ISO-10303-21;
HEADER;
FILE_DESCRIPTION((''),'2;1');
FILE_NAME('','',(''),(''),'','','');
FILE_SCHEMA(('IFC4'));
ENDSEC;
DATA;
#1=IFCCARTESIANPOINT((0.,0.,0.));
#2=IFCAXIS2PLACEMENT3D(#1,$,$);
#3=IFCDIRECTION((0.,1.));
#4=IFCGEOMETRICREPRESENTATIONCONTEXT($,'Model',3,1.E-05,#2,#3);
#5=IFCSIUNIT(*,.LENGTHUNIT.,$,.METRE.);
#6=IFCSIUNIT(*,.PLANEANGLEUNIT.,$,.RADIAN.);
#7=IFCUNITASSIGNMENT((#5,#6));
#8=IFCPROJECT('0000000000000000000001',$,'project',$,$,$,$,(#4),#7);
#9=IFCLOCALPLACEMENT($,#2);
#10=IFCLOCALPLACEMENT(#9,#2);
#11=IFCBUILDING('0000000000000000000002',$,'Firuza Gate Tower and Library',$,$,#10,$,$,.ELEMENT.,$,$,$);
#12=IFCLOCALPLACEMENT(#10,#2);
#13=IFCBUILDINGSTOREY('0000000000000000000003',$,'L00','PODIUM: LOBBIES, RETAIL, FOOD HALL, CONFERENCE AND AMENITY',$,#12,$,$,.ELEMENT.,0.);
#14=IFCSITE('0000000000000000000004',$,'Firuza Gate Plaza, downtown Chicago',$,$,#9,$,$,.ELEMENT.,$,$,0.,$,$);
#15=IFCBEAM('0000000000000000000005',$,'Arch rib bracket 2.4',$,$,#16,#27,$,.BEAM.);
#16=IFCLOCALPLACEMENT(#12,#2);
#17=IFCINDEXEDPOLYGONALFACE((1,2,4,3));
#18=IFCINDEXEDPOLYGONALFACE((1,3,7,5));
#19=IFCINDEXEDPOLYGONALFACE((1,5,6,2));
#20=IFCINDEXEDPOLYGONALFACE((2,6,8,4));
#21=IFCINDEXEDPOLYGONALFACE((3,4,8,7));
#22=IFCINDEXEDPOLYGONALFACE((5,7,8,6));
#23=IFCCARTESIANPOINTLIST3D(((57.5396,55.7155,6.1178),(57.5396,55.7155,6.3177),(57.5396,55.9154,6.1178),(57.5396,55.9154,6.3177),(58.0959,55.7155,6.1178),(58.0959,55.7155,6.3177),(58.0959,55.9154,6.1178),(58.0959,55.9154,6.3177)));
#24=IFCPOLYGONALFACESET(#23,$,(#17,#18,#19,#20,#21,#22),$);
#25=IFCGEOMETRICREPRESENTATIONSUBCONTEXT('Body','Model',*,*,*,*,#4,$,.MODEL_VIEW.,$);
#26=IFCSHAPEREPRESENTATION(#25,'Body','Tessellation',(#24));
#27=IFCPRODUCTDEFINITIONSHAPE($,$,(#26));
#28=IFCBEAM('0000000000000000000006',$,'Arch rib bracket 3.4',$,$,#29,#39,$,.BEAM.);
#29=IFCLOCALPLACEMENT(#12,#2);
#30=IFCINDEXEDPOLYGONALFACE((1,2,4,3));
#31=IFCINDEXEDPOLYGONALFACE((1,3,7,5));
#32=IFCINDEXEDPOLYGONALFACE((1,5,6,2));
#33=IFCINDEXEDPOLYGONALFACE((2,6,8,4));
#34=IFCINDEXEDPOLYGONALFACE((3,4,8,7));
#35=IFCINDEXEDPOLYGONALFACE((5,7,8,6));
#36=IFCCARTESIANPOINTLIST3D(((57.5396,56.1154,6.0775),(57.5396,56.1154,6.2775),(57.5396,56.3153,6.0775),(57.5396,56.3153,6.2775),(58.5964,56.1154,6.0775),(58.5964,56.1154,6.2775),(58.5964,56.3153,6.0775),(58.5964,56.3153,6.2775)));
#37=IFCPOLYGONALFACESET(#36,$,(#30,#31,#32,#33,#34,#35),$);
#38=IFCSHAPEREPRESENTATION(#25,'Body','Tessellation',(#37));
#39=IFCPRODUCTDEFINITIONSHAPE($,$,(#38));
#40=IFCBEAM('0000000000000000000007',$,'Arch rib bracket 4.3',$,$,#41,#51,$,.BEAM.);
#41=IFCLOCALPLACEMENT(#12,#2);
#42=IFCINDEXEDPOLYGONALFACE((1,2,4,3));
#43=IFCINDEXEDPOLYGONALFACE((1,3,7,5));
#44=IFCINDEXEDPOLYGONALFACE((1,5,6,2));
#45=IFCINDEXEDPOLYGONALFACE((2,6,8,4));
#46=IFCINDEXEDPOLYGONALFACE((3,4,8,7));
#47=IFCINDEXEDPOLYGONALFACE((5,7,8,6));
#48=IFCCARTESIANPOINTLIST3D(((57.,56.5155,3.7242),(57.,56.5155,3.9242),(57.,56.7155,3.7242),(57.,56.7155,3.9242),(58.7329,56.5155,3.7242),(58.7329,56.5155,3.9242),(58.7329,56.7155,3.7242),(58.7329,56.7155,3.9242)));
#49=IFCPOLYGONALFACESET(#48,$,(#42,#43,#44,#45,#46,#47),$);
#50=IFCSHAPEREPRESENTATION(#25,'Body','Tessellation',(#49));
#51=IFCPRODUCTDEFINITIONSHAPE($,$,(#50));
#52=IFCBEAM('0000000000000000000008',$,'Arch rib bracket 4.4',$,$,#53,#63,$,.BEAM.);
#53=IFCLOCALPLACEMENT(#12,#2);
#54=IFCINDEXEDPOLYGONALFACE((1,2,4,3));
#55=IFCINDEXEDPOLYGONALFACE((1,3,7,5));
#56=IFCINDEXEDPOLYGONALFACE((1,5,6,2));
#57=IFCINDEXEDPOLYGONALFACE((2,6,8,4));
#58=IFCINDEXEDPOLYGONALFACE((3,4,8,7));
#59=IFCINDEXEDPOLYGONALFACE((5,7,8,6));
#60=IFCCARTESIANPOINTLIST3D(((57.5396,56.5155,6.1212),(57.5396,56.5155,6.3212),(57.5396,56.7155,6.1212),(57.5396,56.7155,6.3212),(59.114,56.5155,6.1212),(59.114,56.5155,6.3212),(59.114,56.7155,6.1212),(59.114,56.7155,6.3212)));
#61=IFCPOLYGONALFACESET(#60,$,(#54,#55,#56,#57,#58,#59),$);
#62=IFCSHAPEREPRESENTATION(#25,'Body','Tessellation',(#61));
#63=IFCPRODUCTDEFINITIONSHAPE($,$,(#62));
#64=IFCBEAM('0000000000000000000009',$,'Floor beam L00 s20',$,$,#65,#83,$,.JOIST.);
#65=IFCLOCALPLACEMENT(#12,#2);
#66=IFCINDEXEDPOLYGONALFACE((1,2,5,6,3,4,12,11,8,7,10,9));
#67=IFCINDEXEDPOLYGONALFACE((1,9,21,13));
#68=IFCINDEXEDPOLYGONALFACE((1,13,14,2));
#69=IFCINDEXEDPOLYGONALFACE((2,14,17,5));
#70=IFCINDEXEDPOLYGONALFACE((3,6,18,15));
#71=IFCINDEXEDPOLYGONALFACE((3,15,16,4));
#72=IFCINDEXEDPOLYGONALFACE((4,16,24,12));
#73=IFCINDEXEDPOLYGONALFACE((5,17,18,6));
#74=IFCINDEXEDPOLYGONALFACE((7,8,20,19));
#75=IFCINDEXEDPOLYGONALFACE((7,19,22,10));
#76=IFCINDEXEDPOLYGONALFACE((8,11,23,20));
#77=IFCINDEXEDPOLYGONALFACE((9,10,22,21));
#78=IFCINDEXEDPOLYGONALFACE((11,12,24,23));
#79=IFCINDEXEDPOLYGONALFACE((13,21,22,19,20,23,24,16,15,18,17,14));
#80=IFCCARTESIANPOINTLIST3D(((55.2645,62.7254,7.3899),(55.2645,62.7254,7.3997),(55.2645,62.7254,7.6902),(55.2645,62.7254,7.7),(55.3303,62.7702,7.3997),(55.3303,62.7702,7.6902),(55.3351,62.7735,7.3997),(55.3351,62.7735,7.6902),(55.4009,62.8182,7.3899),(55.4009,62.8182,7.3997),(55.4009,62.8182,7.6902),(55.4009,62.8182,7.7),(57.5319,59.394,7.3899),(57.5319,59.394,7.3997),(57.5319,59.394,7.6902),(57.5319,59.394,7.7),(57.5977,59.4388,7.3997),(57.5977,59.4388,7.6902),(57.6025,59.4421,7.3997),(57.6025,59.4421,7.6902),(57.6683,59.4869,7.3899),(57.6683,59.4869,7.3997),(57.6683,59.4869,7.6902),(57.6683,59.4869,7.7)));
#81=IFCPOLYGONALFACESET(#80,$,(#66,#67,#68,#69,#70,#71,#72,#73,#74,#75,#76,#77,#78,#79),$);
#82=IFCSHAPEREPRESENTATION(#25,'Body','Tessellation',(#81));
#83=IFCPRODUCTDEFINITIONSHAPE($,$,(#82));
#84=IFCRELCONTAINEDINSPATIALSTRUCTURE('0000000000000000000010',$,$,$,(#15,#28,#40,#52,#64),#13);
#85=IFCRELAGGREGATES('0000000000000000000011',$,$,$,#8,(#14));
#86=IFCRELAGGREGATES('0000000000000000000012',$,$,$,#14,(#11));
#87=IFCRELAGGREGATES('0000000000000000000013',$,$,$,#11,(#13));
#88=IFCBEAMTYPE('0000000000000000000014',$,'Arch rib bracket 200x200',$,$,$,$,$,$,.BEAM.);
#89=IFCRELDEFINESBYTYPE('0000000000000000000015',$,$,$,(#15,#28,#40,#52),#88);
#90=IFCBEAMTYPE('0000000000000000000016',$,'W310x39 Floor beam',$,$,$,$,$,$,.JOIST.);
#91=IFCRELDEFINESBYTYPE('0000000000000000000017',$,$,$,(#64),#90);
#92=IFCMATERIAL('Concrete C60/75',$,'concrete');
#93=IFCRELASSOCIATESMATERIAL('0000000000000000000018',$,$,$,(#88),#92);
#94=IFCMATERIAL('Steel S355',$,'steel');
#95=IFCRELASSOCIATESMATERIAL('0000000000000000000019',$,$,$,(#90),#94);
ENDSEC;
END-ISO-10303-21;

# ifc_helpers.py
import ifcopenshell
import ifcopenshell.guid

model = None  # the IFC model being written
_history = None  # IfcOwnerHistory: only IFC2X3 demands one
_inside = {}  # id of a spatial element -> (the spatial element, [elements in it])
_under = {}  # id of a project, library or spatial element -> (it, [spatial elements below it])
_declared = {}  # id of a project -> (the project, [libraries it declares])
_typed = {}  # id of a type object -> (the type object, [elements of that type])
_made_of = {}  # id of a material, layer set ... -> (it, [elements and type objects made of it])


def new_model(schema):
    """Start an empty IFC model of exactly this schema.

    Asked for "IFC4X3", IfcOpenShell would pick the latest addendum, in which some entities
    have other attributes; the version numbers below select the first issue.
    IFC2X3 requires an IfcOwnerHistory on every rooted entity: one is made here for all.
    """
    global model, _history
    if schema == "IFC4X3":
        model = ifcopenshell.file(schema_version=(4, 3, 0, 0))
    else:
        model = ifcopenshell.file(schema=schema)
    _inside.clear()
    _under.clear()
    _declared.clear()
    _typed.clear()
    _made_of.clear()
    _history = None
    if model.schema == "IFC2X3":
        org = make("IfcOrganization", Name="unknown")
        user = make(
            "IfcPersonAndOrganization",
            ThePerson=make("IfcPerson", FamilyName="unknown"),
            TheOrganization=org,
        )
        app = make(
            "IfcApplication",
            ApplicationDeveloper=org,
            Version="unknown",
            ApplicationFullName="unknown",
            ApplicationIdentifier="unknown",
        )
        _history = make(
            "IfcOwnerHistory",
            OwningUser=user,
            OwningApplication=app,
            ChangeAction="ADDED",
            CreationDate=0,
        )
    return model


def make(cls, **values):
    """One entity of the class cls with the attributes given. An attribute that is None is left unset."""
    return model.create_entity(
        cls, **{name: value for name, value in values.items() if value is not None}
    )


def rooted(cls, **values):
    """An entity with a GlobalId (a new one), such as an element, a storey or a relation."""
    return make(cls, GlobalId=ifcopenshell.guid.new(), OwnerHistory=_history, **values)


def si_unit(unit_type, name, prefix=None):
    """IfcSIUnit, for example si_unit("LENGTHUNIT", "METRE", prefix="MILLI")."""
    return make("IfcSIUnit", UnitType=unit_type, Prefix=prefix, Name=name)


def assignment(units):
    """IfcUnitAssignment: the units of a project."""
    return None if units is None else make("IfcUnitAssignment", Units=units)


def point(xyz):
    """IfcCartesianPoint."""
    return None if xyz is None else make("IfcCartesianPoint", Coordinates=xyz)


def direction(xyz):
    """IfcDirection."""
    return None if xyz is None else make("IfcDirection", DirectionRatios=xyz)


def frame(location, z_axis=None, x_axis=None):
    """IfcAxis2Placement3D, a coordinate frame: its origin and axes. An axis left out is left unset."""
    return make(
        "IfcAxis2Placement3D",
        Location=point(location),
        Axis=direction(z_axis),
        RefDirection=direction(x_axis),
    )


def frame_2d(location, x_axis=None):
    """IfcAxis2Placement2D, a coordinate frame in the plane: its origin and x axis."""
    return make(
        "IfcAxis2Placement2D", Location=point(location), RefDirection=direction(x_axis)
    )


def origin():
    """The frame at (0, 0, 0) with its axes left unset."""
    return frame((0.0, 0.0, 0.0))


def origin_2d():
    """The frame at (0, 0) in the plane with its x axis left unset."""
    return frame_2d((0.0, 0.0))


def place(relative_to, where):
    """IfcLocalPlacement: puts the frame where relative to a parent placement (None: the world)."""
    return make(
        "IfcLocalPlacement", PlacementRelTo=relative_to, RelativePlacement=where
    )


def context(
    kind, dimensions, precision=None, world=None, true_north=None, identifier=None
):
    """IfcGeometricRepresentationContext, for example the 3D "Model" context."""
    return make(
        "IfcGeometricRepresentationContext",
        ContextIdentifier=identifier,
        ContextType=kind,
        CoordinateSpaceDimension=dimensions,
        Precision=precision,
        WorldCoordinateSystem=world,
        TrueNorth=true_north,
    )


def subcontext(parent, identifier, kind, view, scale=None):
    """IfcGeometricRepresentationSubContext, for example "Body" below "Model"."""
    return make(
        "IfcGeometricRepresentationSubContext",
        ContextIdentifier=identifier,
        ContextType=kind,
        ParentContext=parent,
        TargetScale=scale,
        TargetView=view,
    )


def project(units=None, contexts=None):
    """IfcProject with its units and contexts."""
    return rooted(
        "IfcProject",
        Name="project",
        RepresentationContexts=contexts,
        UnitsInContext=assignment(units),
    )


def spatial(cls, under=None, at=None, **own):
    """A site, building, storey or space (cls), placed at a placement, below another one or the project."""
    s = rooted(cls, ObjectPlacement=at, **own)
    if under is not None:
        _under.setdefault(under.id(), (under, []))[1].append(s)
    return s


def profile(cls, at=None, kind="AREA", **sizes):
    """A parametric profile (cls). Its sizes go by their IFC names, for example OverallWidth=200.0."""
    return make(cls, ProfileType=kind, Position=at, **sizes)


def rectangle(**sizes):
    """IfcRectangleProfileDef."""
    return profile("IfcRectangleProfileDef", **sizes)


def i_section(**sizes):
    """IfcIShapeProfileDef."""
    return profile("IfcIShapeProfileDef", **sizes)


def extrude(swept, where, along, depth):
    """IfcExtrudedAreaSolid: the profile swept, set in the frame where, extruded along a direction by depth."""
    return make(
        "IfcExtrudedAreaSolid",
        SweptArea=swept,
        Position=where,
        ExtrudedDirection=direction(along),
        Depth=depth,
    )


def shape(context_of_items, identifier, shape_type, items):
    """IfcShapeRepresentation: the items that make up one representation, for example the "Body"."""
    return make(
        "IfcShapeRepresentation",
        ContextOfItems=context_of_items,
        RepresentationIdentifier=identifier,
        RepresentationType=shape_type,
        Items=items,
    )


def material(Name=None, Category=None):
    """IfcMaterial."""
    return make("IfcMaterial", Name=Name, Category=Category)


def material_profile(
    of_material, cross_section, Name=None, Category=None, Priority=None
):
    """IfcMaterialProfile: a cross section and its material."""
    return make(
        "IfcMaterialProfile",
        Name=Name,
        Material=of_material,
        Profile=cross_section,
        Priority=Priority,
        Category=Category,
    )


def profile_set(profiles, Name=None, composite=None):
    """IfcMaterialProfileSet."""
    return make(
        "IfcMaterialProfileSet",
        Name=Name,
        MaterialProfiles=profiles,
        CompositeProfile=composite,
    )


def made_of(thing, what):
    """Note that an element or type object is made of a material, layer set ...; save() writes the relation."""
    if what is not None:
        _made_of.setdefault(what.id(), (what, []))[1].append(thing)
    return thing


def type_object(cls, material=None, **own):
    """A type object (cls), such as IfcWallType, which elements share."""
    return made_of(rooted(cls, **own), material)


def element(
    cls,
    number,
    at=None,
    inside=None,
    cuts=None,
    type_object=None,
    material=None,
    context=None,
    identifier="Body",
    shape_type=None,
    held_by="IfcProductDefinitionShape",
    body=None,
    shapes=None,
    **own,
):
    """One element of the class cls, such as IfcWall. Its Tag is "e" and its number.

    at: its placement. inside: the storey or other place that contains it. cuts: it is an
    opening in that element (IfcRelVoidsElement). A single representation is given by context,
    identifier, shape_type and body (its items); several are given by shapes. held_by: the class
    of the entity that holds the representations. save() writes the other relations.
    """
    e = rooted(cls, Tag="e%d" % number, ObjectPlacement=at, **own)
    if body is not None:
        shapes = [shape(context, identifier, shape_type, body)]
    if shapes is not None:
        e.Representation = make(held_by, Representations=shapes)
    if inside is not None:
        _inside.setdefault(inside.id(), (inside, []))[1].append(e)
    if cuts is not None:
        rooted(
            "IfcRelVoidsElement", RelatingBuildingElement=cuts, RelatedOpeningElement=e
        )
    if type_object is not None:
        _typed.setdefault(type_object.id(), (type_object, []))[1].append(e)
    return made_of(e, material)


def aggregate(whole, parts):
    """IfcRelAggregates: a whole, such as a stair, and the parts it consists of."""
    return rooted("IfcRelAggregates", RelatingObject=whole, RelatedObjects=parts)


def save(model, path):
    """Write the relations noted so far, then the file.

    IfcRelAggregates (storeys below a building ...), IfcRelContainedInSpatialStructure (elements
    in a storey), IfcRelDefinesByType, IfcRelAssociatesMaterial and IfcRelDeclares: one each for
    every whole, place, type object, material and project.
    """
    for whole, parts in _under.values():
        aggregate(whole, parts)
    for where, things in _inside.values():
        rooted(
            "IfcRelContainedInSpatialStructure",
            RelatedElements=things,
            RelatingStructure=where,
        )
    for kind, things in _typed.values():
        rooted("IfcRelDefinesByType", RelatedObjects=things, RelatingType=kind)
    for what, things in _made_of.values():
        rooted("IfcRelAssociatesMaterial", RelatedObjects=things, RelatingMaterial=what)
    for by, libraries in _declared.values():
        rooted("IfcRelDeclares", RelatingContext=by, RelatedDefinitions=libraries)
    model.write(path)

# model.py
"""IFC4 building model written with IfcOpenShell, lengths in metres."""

from ifc_helpers import new_model, si_unit, direction, frame, origin, origin_2d, place, context, subcontext, project, spatial, rectangle, i_section, extrude, material, material_profile, profile_set, type_object, element, save


model = new_model("IFC4")

# Units and contexts
model_context = context("Model", 3, precision=1e-05, world=origin(), true_north=direction((0.0, 1.0)))
body_context = subcontext(model_context, "Body", "Model", "MODEL_VIEW")
ifc_project = project(units=[si_unit("LENGTHUNIT", "METRE"), si_unit("PLANEANGLEUNIT", "RADIAN")], contexts=[model_context])

# Site, building, storey
site_placement = place(None, origin())
site = spatial("IfcSite", under=ifc_project, at=site_placement, Name="Firuza Gate Plaza, downtown Chicago", CompositionType="ELEMENT", RefElevation=0.0)
building_placement = place(site_placement, origin())
building = spatial("IfcBuilding", under=site, at=building_placement, Name="Firuza Gate Tower and Library", CompositionType="ELEMENT")
storey_placement = place(building_placement, origin())
storey = spatial("IfcBuildingStorey", under=building, at=storey_placement, Name="L00", Description="PODIUM: LOBBIES, RETAIL, FOOD HALL, CONFERENCE AND AMENITY", CompositionType="ELEMENT", Elevation=0.0)

# Beams
ifc_material_1 = material(Name="Concrete C60/75", Category="concrete")
ifc_material_profile_1 = material_profile(ifc_material_1, rectangle(XDim=0.2, YDim=0.2, at=origin_2d()))
ifc_profile_set_1 = profile_set([ifc_material_profile_1], Name="Concrete C60/75")
beam_type_1 = type_object("IfcBeamType", Name="Arch rib bracket 200x200", PredefinedType="BEAM", material=ifc_profile_set_1)
beam_1_placement = place(storey_placement, frame((57.5396, 55.8154, 6.2178), z_axis=(1.0, 0.0, 0.0), x_axis=(0.0, 1.0, 0.0)))
element("IfcBeam", 1, at=beam_1_placement, inside=storey, type_object=beam_type_1, Name="Arch rib bracket 2.4", PredefinedType="BEAM", context=body_context, shape_type="SweptSolid", body=[
    extrude(rectangle(XDim=0.2, YDim=0.2, at=origin_2d()), origin(), (0.0, 0.0, 1.0), 0.5564),
])
beam_2_placement = place(storey_placement, frame((57.5396, 56.2153, 6.1775), z_axis=(1.0, 0.0, 0.0), x_axis=(0.0, 1.0, 0.0)))
element("IfcBeam", 2, at=beam_2_placement, inside=storey, type_object=beam_type_1, Name="Arch rib bracket 3.4", PredefinedType="BEAM", context=body_context, shape_type="SweptSolid", body=[
    extrude(rectangle(XDim=0.2, YDim=0.2, at=origin_2d()), origin(), (0.0, 0.0, 1.0), 1.0569),
])
beam_3_placement = place(storey_placement, frame((57.0, 56.6155, 3.8242), z_axis=(1.0, 0.0, 0.0), x_axis=(0.0, 1.0, 0.0)))
element("IfcBeam", 3, at=beam_3_placement, inside=storey, type_object=beam_type_1, Name="Arch rib bracket 4.3", PredefinedType="BEAM", context=body_context, shape_type="SweptSolid", body=[
    extrude(rectangle(XDim=0.2, YDim=0.2, at=origin_2d()), origin(), (0.0, 0.0, 1.0), 1.7329),
])
beam_4_placement = place(storey_placement, frame((57.5396, 56.6155, 6.2212), z_axis=(1.0, 0.0, 0.0), x_axis=(0.0, 1.0, 0.0)))
element("IfcBeam", 4, at=beam_4_placement, inside=storey, type_object=beam_type_1, Name="Arch rib bracket 4.4", PredefinedType="BEAM", context=body_context, shape_type="SweptSolid", body=[
    extrude(rectangle(XDim=0.2, YDim=0.2, at=origin_2d()), origin(), (0.0, 0.0, 1.0), 1.5745),
])
ifc_material_2 = material(Name="Steel S355", Category="steel")
ifc_material_profile_2 = material_profile(ifc_material_2, i_section(OverallWidth=0.165, OverallDepth=0.3101, WebThickness=0.0059, FlangeThickness=0.0098, at=origin_2d()))
ifc_profile_set_2 = profile_set([ifc_material_profile_2], Name="Steel S355")
beam_type_2 = type_object("IfcBeamType", Name="W310x39 Floor beam", PredefinedType="JOIST", material=ifc_profile_set_2)
beam_5_placement = place(storey_placement, frame((57.6001, 59.4404, 7.5449), z_axis=(-0.562658, 0.82669, 0.0), x_axis=(-0.82669, -0.562658, 0.0)))
element("IfcBeam", 5, at=beam_5_placement, inside=storey, type_object=beam_type_2, Name="Floor beam L00 s20", PredefinedType="JOIST", context=body_context, shape_type="SweptSolid", body=[
    extrude(i_section(OverallWidth=0.165, OverallDepth=0.3101, WebThickness=0.0059, FlangeThickness=0.0098, at=origin_2d()), origin(), (0.0, 0.0, 1.0), 4.0298),
])

save(model, "model.ifc")
